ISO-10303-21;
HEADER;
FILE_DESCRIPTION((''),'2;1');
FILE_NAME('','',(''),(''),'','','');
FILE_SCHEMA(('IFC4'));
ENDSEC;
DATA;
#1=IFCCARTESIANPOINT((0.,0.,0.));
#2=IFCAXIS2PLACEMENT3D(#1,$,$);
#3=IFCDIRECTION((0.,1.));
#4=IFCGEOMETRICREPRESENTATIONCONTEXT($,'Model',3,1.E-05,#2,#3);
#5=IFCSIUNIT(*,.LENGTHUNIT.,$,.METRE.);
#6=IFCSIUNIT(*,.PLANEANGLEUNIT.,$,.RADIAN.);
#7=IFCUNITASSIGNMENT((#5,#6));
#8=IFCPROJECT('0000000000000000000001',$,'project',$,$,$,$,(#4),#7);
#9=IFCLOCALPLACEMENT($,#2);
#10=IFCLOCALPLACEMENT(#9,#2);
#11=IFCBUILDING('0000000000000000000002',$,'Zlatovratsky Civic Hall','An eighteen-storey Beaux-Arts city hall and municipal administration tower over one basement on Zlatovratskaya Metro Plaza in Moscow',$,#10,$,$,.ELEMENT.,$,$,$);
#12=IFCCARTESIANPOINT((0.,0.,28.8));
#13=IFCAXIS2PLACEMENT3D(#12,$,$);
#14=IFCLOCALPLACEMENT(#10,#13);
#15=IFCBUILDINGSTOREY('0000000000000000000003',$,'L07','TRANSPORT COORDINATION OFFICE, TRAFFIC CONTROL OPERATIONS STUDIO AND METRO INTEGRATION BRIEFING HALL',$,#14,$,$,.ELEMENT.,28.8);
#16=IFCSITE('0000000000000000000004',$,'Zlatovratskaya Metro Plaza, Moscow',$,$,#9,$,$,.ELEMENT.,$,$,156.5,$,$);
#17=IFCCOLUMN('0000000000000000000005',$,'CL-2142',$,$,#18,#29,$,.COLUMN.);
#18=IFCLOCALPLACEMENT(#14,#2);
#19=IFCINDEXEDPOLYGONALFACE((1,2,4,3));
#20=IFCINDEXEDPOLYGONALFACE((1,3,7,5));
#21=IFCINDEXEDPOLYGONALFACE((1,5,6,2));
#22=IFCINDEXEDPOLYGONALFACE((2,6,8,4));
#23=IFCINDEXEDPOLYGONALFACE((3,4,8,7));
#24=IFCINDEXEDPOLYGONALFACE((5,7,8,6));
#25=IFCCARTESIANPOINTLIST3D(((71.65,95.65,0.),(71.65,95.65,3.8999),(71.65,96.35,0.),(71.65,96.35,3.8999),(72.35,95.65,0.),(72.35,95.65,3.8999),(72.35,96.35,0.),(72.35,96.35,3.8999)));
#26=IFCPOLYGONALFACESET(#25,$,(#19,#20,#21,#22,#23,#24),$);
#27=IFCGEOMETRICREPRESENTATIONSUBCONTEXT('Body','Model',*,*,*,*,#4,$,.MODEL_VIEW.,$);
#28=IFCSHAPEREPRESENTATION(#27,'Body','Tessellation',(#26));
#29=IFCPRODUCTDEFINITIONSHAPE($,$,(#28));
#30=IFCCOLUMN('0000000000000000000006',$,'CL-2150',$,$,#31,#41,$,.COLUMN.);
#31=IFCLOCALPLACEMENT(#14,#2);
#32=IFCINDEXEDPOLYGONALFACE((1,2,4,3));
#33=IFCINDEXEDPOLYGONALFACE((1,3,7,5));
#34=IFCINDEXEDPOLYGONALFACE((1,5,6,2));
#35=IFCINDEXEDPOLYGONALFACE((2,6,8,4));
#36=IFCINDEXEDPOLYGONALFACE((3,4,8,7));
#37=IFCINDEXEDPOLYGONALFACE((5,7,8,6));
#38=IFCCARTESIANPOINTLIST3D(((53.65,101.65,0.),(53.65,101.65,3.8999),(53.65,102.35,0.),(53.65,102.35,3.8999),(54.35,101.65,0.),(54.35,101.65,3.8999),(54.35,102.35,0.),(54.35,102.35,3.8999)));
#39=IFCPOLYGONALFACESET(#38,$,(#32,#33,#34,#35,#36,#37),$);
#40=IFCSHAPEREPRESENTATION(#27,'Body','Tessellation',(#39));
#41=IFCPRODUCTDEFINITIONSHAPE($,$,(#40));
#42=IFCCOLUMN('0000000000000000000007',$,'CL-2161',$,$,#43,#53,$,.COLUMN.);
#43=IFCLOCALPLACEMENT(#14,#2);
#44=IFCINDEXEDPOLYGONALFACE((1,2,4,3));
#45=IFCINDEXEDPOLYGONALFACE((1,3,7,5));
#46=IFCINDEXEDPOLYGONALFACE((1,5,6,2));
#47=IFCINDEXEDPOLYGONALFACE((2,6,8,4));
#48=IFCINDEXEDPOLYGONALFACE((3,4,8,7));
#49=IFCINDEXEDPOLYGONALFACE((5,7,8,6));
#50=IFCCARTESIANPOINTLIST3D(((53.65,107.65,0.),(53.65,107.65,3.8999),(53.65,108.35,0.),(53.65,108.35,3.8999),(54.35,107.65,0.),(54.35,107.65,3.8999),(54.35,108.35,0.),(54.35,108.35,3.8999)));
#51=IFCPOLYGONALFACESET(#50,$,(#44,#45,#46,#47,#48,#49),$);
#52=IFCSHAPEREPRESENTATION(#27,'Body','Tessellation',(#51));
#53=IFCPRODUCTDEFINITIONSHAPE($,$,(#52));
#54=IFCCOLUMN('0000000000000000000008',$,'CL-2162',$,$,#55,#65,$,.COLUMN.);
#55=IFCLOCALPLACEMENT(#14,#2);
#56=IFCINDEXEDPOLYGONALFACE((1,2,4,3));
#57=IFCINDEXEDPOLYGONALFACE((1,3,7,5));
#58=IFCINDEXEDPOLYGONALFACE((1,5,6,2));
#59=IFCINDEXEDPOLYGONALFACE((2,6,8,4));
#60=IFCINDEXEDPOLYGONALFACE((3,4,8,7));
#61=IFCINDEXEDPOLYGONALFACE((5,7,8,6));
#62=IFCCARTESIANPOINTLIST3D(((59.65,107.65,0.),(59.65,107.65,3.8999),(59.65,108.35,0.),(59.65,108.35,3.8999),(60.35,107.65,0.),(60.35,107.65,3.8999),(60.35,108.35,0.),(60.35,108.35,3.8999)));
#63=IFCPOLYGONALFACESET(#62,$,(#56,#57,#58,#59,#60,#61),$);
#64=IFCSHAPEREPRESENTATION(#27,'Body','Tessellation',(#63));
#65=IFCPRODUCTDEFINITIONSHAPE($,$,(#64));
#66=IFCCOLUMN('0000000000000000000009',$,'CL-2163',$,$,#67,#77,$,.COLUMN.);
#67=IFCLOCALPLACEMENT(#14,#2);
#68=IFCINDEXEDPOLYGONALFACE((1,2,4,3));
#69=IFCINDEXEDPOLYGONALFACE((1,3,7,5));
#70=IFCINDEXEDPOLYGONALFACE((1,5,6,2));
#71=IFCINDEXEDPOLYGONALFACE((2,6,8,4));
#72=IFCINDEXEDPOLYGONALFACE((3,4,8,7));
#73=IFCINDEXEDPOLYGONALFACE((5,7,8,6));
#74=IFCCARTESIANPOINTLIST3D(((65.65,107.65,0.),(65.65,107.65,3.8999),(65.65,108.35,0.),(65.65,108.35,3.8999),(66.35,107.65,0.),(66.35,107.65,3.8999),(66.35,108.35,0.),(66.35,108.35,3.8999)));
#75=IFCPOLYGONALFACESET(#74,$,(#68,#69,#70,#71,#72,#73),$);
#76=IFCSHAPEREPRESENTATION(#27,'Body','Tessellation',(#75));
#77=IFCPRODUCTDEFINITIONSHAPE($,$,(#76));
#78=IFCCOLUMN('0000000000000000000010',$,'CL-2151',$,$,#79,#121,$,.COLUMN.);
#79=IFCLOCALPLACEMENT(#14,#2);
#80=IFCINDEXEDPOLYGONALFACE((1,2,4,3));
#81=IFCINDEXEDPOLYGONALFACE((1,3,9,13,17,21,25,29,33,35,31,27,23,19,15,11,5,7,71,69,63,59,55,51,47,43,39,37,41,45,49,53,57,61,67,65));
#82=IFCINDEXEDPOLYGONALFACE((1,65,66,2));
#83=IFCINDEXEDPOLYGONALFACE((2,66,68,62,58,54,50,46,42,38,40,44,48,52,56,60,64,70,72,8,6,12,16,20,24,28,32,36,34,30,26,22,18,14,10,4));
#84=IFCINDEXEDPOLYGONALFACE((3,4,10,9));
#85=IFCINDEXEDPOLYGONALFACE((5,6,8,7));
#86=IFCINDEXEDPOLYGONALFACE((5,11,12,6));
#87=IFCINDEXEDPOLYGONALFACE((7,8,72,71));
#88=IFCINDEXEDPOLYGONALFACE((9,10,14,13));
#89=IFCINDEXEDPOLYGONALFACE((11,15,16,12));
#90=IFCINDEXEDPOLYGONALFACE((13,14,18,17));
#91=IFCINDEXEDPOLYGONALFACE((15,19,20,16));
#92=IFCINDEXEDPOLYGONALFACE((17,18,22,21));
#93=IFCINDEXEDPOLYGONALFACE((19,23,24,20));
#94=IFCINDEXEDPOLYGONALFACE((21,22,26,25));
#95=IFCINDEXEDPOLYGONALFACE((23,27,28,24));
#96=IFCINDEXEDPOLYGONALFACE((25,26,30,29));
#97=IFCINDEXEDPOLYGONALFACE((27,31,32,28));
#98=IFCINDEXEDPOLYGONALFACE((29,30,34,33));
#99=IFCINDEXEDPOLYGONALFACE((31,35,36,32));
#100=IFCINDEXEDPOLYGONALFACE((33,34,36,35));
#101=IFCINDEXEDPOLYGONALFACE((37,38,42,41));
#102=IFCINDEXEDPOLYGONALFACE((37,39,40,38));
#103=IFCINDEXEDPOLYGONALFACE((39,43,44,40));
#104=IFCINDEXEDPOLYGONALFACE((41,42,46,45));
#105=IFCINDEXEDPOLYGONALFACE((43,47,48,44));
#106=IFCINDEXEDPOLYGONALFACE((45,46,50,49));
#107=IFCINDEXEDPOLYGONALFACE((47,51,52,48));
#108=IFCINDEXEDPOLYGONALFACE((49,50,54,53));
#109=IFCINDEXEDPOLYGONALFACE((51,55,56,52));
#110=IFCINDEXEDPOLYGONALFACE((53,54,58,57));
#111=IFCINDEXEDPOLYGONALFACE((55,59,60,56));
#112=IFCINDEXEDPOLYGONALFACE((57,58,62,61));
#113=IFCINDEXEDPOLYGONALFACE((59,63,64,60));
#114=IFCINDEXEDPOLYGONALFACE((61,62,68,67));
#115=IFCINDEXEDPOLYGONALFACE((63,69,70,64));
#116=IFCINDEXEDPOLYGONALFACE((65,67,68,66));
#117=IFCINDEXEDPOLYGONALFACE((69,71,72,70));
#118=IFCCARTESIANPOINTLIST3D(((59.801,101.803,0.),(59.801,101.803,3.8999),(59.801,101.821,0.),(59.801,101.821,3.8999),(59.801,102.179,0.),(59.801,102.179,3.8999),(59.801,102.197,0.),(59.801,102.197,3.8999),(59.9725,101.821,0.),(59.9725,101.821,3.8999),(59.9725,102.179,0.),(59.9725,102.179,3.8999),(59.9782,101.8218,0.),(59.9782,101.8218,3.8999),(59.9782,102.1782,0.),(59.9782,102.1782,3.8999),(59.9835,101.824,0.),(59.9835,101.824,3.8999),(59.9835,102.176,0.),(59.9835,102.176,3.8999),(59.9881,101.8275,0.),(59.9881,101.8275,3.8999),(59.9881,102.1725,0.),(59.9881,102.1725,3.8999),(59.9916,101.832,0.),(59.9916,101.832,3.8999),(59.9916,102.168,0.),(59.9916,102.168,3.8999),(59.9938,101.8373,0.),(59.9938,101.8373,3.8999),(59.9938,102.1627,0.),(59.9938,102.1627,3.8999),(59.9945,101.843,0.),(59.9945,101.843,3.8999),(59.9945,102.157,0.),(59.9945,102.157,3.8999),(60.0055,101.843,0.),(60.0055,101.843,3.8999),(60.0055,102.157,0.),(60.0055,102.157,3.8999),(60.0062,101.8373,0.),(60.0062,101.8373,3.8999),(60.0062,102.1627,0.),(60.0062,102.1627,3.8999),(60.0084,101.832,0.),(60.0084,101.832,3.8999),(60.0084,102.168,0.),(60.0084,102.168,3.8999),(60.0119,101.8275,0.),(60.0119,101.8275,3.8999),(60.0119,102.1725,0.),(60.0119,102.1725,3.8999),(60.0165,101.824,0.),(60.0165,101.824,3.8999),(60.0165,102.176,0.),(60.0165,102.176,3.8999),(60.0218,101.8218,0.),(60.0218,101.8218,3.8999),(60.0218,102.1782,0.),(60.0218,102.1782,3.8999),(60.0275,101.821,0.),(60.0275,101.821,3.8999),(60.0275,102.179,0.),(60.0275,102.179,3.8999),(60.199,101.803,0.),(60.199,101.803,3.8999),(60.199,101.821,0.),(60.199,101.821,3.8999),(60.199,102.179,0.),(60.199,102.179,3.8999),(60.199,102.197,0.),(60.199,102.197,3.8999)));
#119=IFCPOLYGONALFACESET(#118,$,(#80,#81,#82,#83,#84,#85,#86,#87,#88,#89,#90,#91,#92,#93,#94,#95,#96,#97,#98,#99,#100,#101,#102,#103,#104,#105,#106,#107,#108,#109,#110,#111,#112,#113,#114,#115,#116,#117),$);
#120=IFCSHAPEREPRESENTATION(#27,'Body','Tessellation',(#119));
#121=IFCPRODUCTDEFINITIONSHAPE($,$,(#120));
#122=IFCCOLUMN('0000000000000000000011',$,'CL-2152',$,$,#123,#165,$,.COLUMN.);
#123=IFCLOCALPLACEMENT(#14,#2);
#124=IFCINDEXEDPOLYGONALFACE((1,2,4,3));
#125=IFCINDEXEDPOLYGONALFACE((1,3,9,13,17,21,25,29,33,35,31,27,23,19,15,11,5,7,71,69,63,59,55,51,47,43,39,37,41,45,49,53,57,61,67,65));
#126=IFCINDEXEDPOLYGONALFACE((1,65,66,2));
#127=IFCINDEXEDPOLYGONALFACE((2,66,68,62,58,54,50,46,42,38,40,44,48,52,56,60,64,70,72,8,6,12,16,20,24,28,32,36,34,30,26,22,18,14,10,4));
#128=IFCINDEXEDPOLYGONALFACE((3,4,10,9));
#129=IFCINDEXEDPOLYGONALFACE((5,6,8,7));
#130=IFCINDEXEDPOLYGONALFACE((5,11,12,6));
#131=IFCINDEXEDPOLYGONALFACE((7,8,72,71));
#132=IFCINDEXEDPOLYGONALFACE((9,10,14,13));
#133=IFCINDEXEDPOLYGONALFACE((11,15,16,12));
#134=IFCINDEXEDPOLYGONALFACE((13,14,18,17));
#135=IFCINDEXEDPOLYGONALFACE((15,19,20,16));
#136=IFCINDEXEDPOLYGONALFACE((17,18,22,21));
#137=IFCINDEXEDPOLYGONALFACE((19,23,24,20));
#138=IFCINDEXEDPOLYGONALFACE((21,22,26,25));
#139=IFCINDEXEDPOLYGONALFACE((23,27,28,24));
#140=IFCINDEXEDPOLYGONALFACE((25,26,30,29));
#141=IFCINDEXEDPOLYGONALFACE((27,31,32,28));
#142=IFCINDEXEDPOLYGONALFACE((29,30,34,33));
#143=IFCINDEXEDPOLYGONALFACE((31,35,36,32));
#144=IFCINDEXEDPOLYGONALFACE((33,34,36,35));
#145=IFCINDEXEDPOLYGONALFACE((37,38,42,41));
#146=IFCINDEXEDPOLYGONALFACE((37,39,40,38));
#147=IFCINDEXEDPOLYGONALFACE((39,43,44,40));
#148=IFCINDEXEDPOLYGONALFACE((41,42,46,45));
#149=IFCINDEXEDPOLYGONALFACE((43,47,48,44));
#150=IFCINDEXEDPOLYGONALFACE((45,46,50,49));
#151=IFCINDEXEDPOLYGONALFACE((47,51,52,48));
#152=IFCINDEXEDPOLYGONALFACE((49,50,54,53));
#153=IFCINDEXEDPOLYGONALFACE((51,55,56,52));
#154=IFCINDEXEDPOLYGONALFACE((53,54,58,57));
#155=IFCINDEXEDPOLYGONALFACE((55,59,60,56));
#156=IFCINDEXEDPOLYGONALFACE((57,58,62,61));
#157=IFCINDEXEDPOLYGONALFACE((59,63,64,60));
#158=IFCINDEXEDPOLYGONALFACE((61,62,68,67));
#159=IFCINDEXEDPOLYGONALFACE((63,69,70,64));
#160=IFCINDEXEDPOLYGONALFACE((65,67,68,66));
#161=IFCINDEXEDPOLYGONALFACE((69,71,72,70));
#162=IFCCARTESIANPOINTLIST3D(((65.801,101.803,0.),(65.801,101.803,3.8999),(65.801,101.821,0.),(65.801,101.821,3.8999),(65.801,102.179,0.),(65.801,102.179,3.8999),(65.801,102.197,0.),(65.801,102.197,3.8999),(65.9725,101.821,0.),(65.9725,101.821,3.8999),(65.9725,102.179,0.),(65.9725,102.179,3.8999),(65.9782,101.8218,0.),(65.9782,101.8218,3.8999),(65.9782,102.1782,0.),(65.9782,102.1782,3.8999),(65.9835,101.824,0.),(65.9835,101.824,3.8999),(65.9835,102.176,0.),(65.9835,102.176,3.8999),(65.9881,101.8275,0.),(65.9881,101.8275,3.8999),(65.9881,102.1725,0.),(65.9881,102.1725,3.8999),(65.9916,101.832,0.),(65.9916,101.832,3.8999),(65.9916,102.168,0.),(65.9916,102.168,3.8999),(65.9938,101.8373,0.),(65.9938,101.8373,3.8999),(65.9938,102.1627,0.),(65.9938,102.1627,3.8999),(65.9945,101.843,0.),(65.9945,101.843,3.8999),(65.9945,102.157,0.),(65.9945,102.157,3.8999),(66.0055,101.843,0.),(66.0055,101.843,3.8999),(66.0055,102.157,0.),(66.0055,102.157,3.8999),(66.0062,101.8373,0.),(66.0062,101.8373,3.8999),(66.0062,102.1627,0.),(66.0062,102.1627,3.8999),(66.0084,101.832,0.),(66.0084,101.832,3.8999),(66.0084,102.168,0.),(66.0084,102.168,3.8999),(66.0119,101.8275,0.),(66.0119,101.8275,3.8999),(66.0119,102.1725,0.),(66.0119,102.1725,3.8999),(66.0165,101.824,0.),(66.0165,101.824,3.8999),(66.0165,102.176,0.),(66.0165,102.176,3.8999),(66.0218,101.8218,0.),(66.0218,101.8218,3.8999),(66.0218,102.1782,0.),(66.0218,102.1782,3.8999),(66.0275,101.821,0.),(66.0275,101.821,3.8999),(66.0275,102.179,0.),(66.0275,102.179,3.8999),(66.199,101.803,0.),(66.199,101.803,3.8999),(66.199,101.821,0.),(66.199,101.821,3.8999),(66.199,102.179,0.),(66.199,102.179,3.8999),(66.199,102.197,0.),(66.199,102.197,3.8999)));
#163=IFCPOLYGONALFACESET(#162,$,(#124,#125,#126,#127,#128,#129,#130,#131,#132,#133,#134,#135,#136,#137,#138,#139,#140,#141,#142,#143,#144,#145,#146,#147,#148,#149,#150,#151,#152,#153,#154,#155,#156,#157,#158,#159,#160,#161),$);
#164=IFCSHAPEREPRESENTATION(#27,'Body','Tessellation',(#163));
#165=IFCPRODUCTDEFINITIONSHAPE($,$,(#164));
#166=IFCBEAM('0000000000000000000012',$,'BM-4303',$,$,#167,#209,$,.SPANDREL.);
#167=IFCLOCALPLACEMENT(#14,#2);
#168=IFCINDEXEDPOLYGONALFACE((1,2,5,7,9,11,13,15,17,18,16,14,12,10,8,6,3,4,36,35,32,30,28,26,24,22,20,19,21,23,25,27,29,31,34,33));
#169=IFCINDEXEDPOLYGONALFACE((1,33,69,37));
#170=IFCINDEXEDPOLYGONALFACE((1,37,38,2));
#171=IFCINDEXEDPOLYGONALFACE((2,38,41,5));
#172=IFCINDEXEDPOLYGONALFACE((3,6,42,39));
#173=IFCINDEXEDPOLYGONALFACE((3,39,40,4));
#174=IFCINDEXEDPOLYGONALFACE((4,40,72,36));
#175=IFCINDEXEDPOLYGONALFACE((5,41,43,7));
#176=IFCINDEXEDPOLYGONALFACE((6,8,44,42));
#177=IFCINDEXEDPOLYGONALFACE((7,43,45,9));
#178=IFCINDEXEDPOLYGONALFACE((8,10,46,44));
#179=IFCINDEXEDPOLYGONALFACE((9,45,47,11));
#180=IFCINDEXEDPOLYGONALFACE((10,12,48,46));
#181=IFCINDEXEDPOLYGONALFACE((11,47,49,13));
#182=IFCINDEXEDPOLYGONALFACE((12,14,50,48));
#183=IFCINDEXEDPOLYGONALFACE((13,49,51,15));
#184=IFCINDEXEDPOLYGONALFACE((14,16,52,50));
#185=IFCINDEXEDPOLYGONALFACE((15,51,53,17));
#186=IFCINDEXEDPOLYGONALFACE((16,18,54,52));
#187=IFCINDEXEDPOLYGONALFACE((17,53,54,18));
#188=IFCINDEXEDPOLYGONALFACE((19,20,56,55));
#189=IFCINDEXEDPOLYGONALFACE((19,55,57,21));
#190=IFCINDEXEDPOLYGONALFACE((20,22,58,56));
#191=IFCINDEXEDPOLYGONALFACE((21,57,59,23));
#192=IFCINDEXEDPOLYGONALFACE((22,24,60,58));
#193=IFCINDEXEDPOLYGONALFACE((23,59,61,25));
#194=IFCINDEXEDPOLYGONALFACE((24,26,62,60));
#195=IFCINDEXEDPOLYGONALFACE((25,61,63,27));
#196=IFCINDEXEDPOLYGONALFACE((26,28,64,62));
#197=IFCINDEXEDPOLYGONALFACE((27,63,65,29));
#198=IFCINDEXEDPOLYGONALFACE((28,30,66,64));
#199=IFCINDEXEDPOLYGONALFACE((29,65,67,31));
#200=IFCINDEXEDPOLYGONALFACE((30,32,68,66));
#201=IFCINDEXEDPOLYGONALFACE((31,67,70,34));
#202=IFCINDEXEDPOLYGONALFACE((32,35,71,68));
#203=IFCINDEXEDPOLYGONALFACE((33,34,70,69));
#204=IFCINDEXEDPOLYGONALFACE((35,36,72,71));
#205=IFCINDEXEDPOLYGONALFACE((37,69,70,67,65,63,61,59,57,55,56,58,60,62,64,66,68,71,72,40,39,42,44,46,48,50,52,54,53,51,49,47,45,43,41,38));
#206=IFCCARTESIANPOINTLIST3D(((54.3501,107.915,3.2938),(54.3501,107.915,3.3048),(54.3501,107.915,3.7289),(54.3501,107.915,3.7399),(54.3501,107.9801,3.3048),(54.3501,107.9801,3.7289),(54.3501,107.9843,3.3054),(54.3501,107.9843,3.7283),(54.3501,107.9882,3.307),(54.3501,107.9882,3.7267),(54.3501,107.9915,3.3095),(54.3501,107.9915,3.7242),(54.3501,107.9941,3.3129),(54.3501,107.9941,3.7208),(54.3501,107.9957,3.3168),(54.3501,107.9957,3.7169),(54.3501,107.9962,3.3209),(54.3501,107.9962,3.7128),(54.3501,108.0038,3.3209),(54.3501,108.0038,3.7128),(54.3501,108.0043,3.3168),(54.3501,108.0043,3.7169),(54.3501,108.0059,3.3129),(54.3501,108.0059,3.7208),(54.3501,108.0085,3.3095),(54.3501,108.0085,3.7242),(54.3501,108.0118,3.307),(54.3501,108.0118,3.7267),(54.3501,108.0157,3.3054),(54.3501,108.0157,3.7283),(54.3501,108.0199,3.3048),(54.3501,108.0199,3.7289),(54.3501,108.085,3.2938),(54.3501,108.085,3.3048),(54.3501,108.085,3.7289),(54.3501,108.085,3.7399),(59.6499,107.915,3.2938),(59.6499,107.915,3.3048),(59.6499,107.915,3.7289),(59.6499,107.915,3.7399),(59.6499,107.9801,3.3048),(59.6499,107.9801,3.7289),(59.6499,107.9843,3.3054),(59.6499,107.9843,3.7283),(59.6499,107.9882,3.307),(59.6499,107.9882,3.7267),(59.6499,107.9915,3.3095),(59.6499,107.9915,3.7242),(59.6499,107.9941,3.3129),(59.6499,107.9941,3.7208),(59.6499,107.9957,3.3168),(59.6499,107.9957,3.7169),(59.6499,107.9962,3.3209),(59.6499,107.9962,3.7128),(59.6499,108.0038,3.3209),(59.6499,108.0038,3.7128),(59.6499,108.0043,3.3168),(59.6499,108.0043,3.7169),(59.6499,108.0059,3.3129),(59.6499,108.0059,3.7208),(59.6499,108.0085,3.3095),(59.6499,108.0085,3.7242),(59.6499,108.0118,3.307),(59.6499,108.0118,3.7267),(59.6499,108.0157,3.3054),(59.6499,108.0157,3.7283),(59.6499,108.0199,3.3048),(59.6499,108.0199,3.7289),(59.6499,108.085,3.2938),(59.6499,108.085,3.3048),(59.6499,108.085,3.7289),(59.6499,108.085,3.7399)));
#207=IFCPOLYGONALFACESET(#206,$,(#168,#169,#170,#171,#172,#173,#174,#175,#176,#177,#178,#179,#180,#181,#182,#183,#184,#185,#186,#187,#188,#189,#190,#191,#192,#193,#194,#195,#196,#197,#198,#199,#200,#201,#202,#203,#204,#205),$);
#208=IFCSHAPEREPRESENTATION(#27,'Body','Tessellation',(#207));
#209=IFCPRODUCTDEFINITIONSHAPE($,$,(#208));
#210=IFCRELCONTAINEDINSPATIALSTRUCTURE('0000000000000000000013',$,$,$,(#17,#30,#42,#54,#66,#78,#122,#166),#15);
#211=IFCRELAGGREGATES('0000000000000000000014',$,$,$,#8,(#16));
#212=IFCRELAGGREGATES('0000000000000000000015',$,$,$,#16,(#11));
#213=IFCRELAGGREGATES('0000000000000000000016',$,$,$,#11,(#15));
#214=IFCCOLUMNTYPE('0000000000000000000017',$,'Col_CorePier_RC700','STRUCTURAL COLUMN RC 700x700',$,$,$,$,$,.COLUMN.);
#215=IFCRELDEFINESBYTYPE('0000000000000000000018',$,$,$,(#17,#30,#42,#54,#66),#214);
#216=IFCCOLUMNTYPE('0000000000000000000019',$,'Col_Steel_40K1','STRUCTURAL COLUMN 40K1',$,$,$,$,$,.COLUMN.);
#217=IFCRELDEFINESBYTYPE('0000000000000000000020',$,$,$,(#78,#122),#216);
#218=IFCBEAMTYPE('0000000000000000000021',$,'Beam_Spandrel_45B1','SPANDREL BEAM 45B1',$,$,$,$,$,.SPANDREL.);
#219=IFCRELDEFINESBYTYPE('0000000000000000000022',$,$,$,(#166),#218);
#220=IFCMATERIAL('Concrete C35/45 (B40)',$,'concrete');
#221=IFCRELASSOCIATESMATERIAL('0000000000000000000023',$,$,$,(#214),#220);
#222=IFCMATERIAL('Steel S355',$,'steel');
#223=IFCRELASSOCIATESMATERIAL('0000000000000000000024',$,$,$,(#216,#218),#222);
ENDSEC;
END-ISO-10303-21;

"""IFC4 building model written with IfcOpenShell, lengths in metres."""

from ifc_helpers import new_model, si_unit, direction, frame, origin, origin_2d, place, context, subcontext, project, spatial, rectangle, i_section, extrude, material, material_profile, profile_set, type_object, element, save


model = new_model("IFC4")

# Units and contexts
model_context = context("Model", 3, precision=1e-05, world=origin(), true_north=direction((0.0, 1.0)))
body_context = subcontext(model_context, "Body", "Model", "MODEL_VIEW")
ifc_project = project(units=[si_unit("LENGTHUNIT", "METRE"), si_unit("PLANEANGLEUNIT", "RADIAN")], contexts=[model_context])

# Site, building, storey
site_placement = place(None, origin())
site = spatial("IfcSite", under=ifc_project, at=site_placement, Name="Zlatovratskaya Metro Plaza, Moscow", CompositionType="ELEMENT", RefElevation=156.5)
building_placement = place(site_placement, origin())
building = spatial("IfcBuilding", under=site, at=building_placement, Name="Zlatovratsky Civic Hall", Description="An eighteen-storey Beaux-Arts city hall and municipal administration tower over one basement on Zlatovratskaya Metro Plaza in Moscow", CompositionType="ELEMENT")
storey_placement = place(building_placement, frame((0.0, 0.0, 28.8)))
storey = spatial("IfcBuildingStorey", under=building, at=storey_placement, Name="L07", Description="TRANSPORT COORDINATION OFFICE, TRAFFIC CONTROL OPERATIONS STUDIO AND METRO INTEGRATION BRIEFING HALL", CompositionType="ELEMENT", Elevation=28.8)

# Columns
ifc_material_1 = material(Name="Concrete C35/45 (B40)", Category="concrete")
ifc_material_profile_1 = material_profile(ifc_material_1, rectangle(XDim=0.7, YDim=0.7, at=origin_2d()), Name="RC 700x700")
ifc_profile_set_1 = profile_set([ifc_material_profile_1], Name="Concrete C35/45 (B40)")
column_type_1 = type_object("IfcColumnType", Name="Col_CorePier_RC700", Description="STRUCTURAL COLUMN RC 700x700", PredefinedType="COLUMN", material=ifc_profile_set_1)
for number, where, z_axis, x_axis, name in (
    (1, (72.0, 96.0, 0.0), (0.0, 0.0, 1.0), (1.0, 0.0, 0.0), "CL-2142"),
    (2, (54.0, 102.0, 0.0), (0.0, 0.0, 1.0), (1.0, 0.0, 0.0), "CL-2150"),
    (3, (54.0, 108.0, 0.0), (0.0, 0.0, 1.0), (1.0, 0.0, 0.0), "CL-2161"),
    (4, (60.0, 108.0, 0.0), (0.0, 0.0, 1.0), (1.0, 0.0, 0.0), "CL-2162"),
    (5, (66.0, 108.0, 0.0), (0.0, 0.0, 1.0), (1.0, 0.0, 0.0), "CL-2163"),
):
    element("IfcColumn", number, at=place(storey_placement, frame(where, z_axis=z_axis, x_axis=x_axis)), inside=storey, type_object=column_type_1, Name=name, PredefinedType="COLUMN", context=body_context, shape_type="SweptSolid", body=[
        extrude(rectangle(XDim=0.7, YDim=0.7, at=origin_2d()), origin(), (0.0, 0.0, 1.0), 3.8999),
    ])
ifc_material_2 = material(Name="Steel S355", Category="steel")
ifc_material_profile_2 = material_profile(ifc_material_2, i_section(OverallWidth=0.3979, OverallDepth=0.394, WebThickness=0.011, FlangeThickness=0.0181, FilletRadius=0.022, at=origin_2d()), Name="40K1")
ifc_profile_set_2 = profile_set([ifc_material_profile_2], Name="Steel S355")
column_type_2 = type_object("IfcColumnType", Name="Col_Steel_40K1", Description="STRUCTURAL COLUMN 40K1", PredefinedType="COLUMN", material=ifc_profile_set_2)
for number, where, z_axis, x_axis, name in (
    (6, (60.0, 102.0, 0.0), (0.0, 0.0, 1.0), (1.0, 0.0, 0.0), "CL-2151"),
    (7, (66.0, 102.0, 0.0), (0.0, 0.0, 1.0), (1.0, 0.0, 0.0), "CL-2152"),
):
    element("IfcColumn", number, at=place(storey_placement, frame(where, z_axis=z_axis, x_axis=x_axis)), inside=storey, type_object=column_type_2, Name=name, PredefinedType="COLUMN", context=body_context, shape_type="SweptSolid", body=[
        extrude(i_section(OverallWidth=0.3979, OverallDepth=0.394, WebThickness=0.011, FlangeThickness=0.0181, FilletRadius=0.022, at=origin_2d()), origin(), (0.0, 0.0, 1.0), 3.8999),
    ])

# Beam
ifc_material_profile_3 = material_profile(ifc_material_2, i_section(OverallWidth=0.1699, OverallDepth=0.446, WebThickness=0.0076, FlangeThickness=0.011, FilletRadius=0.0161, at=origin_2d()), Name="45B1")
ifc_profile_set_3 = profile_set([ifc_material_profile_3], Name="Steel S355")
beam_type_1 = type_object("IfcBeamType", Name="Beam_Spandrel_45B1", Description="SPANDREL BEAM 45B1", PredefinedType="SPANDREL", material=ifc_profile_set_3)
for number, where, z_axis, x_axis, name in (
    (8, (54.3501, 108.0, 3.5168), (1.0, 0.0, 0.0), (0.0, 1.0, 0.0), "BM-4303"),
):
    element("IfcBeam", number, at=place(storey_placement, frame(where, z_axis=z_axis, x_axis=x_axis)), inside=storey, type_object=beam_type_1, Name=name, PredefinedType="SPANDREL", context=body_context, shape_type="SweptSolid", body=[
        extrude(i_section(OverallWidth=0.1699, OverallDepth=0.446, WebThickness=0.0076, FlangeThickness=0.011, FilletRadius=0.0161, at=origin_2d()), origin(), (0.0, 0.0, 1.0), 5.2998),
    ])

save(model, "model.ifc")
